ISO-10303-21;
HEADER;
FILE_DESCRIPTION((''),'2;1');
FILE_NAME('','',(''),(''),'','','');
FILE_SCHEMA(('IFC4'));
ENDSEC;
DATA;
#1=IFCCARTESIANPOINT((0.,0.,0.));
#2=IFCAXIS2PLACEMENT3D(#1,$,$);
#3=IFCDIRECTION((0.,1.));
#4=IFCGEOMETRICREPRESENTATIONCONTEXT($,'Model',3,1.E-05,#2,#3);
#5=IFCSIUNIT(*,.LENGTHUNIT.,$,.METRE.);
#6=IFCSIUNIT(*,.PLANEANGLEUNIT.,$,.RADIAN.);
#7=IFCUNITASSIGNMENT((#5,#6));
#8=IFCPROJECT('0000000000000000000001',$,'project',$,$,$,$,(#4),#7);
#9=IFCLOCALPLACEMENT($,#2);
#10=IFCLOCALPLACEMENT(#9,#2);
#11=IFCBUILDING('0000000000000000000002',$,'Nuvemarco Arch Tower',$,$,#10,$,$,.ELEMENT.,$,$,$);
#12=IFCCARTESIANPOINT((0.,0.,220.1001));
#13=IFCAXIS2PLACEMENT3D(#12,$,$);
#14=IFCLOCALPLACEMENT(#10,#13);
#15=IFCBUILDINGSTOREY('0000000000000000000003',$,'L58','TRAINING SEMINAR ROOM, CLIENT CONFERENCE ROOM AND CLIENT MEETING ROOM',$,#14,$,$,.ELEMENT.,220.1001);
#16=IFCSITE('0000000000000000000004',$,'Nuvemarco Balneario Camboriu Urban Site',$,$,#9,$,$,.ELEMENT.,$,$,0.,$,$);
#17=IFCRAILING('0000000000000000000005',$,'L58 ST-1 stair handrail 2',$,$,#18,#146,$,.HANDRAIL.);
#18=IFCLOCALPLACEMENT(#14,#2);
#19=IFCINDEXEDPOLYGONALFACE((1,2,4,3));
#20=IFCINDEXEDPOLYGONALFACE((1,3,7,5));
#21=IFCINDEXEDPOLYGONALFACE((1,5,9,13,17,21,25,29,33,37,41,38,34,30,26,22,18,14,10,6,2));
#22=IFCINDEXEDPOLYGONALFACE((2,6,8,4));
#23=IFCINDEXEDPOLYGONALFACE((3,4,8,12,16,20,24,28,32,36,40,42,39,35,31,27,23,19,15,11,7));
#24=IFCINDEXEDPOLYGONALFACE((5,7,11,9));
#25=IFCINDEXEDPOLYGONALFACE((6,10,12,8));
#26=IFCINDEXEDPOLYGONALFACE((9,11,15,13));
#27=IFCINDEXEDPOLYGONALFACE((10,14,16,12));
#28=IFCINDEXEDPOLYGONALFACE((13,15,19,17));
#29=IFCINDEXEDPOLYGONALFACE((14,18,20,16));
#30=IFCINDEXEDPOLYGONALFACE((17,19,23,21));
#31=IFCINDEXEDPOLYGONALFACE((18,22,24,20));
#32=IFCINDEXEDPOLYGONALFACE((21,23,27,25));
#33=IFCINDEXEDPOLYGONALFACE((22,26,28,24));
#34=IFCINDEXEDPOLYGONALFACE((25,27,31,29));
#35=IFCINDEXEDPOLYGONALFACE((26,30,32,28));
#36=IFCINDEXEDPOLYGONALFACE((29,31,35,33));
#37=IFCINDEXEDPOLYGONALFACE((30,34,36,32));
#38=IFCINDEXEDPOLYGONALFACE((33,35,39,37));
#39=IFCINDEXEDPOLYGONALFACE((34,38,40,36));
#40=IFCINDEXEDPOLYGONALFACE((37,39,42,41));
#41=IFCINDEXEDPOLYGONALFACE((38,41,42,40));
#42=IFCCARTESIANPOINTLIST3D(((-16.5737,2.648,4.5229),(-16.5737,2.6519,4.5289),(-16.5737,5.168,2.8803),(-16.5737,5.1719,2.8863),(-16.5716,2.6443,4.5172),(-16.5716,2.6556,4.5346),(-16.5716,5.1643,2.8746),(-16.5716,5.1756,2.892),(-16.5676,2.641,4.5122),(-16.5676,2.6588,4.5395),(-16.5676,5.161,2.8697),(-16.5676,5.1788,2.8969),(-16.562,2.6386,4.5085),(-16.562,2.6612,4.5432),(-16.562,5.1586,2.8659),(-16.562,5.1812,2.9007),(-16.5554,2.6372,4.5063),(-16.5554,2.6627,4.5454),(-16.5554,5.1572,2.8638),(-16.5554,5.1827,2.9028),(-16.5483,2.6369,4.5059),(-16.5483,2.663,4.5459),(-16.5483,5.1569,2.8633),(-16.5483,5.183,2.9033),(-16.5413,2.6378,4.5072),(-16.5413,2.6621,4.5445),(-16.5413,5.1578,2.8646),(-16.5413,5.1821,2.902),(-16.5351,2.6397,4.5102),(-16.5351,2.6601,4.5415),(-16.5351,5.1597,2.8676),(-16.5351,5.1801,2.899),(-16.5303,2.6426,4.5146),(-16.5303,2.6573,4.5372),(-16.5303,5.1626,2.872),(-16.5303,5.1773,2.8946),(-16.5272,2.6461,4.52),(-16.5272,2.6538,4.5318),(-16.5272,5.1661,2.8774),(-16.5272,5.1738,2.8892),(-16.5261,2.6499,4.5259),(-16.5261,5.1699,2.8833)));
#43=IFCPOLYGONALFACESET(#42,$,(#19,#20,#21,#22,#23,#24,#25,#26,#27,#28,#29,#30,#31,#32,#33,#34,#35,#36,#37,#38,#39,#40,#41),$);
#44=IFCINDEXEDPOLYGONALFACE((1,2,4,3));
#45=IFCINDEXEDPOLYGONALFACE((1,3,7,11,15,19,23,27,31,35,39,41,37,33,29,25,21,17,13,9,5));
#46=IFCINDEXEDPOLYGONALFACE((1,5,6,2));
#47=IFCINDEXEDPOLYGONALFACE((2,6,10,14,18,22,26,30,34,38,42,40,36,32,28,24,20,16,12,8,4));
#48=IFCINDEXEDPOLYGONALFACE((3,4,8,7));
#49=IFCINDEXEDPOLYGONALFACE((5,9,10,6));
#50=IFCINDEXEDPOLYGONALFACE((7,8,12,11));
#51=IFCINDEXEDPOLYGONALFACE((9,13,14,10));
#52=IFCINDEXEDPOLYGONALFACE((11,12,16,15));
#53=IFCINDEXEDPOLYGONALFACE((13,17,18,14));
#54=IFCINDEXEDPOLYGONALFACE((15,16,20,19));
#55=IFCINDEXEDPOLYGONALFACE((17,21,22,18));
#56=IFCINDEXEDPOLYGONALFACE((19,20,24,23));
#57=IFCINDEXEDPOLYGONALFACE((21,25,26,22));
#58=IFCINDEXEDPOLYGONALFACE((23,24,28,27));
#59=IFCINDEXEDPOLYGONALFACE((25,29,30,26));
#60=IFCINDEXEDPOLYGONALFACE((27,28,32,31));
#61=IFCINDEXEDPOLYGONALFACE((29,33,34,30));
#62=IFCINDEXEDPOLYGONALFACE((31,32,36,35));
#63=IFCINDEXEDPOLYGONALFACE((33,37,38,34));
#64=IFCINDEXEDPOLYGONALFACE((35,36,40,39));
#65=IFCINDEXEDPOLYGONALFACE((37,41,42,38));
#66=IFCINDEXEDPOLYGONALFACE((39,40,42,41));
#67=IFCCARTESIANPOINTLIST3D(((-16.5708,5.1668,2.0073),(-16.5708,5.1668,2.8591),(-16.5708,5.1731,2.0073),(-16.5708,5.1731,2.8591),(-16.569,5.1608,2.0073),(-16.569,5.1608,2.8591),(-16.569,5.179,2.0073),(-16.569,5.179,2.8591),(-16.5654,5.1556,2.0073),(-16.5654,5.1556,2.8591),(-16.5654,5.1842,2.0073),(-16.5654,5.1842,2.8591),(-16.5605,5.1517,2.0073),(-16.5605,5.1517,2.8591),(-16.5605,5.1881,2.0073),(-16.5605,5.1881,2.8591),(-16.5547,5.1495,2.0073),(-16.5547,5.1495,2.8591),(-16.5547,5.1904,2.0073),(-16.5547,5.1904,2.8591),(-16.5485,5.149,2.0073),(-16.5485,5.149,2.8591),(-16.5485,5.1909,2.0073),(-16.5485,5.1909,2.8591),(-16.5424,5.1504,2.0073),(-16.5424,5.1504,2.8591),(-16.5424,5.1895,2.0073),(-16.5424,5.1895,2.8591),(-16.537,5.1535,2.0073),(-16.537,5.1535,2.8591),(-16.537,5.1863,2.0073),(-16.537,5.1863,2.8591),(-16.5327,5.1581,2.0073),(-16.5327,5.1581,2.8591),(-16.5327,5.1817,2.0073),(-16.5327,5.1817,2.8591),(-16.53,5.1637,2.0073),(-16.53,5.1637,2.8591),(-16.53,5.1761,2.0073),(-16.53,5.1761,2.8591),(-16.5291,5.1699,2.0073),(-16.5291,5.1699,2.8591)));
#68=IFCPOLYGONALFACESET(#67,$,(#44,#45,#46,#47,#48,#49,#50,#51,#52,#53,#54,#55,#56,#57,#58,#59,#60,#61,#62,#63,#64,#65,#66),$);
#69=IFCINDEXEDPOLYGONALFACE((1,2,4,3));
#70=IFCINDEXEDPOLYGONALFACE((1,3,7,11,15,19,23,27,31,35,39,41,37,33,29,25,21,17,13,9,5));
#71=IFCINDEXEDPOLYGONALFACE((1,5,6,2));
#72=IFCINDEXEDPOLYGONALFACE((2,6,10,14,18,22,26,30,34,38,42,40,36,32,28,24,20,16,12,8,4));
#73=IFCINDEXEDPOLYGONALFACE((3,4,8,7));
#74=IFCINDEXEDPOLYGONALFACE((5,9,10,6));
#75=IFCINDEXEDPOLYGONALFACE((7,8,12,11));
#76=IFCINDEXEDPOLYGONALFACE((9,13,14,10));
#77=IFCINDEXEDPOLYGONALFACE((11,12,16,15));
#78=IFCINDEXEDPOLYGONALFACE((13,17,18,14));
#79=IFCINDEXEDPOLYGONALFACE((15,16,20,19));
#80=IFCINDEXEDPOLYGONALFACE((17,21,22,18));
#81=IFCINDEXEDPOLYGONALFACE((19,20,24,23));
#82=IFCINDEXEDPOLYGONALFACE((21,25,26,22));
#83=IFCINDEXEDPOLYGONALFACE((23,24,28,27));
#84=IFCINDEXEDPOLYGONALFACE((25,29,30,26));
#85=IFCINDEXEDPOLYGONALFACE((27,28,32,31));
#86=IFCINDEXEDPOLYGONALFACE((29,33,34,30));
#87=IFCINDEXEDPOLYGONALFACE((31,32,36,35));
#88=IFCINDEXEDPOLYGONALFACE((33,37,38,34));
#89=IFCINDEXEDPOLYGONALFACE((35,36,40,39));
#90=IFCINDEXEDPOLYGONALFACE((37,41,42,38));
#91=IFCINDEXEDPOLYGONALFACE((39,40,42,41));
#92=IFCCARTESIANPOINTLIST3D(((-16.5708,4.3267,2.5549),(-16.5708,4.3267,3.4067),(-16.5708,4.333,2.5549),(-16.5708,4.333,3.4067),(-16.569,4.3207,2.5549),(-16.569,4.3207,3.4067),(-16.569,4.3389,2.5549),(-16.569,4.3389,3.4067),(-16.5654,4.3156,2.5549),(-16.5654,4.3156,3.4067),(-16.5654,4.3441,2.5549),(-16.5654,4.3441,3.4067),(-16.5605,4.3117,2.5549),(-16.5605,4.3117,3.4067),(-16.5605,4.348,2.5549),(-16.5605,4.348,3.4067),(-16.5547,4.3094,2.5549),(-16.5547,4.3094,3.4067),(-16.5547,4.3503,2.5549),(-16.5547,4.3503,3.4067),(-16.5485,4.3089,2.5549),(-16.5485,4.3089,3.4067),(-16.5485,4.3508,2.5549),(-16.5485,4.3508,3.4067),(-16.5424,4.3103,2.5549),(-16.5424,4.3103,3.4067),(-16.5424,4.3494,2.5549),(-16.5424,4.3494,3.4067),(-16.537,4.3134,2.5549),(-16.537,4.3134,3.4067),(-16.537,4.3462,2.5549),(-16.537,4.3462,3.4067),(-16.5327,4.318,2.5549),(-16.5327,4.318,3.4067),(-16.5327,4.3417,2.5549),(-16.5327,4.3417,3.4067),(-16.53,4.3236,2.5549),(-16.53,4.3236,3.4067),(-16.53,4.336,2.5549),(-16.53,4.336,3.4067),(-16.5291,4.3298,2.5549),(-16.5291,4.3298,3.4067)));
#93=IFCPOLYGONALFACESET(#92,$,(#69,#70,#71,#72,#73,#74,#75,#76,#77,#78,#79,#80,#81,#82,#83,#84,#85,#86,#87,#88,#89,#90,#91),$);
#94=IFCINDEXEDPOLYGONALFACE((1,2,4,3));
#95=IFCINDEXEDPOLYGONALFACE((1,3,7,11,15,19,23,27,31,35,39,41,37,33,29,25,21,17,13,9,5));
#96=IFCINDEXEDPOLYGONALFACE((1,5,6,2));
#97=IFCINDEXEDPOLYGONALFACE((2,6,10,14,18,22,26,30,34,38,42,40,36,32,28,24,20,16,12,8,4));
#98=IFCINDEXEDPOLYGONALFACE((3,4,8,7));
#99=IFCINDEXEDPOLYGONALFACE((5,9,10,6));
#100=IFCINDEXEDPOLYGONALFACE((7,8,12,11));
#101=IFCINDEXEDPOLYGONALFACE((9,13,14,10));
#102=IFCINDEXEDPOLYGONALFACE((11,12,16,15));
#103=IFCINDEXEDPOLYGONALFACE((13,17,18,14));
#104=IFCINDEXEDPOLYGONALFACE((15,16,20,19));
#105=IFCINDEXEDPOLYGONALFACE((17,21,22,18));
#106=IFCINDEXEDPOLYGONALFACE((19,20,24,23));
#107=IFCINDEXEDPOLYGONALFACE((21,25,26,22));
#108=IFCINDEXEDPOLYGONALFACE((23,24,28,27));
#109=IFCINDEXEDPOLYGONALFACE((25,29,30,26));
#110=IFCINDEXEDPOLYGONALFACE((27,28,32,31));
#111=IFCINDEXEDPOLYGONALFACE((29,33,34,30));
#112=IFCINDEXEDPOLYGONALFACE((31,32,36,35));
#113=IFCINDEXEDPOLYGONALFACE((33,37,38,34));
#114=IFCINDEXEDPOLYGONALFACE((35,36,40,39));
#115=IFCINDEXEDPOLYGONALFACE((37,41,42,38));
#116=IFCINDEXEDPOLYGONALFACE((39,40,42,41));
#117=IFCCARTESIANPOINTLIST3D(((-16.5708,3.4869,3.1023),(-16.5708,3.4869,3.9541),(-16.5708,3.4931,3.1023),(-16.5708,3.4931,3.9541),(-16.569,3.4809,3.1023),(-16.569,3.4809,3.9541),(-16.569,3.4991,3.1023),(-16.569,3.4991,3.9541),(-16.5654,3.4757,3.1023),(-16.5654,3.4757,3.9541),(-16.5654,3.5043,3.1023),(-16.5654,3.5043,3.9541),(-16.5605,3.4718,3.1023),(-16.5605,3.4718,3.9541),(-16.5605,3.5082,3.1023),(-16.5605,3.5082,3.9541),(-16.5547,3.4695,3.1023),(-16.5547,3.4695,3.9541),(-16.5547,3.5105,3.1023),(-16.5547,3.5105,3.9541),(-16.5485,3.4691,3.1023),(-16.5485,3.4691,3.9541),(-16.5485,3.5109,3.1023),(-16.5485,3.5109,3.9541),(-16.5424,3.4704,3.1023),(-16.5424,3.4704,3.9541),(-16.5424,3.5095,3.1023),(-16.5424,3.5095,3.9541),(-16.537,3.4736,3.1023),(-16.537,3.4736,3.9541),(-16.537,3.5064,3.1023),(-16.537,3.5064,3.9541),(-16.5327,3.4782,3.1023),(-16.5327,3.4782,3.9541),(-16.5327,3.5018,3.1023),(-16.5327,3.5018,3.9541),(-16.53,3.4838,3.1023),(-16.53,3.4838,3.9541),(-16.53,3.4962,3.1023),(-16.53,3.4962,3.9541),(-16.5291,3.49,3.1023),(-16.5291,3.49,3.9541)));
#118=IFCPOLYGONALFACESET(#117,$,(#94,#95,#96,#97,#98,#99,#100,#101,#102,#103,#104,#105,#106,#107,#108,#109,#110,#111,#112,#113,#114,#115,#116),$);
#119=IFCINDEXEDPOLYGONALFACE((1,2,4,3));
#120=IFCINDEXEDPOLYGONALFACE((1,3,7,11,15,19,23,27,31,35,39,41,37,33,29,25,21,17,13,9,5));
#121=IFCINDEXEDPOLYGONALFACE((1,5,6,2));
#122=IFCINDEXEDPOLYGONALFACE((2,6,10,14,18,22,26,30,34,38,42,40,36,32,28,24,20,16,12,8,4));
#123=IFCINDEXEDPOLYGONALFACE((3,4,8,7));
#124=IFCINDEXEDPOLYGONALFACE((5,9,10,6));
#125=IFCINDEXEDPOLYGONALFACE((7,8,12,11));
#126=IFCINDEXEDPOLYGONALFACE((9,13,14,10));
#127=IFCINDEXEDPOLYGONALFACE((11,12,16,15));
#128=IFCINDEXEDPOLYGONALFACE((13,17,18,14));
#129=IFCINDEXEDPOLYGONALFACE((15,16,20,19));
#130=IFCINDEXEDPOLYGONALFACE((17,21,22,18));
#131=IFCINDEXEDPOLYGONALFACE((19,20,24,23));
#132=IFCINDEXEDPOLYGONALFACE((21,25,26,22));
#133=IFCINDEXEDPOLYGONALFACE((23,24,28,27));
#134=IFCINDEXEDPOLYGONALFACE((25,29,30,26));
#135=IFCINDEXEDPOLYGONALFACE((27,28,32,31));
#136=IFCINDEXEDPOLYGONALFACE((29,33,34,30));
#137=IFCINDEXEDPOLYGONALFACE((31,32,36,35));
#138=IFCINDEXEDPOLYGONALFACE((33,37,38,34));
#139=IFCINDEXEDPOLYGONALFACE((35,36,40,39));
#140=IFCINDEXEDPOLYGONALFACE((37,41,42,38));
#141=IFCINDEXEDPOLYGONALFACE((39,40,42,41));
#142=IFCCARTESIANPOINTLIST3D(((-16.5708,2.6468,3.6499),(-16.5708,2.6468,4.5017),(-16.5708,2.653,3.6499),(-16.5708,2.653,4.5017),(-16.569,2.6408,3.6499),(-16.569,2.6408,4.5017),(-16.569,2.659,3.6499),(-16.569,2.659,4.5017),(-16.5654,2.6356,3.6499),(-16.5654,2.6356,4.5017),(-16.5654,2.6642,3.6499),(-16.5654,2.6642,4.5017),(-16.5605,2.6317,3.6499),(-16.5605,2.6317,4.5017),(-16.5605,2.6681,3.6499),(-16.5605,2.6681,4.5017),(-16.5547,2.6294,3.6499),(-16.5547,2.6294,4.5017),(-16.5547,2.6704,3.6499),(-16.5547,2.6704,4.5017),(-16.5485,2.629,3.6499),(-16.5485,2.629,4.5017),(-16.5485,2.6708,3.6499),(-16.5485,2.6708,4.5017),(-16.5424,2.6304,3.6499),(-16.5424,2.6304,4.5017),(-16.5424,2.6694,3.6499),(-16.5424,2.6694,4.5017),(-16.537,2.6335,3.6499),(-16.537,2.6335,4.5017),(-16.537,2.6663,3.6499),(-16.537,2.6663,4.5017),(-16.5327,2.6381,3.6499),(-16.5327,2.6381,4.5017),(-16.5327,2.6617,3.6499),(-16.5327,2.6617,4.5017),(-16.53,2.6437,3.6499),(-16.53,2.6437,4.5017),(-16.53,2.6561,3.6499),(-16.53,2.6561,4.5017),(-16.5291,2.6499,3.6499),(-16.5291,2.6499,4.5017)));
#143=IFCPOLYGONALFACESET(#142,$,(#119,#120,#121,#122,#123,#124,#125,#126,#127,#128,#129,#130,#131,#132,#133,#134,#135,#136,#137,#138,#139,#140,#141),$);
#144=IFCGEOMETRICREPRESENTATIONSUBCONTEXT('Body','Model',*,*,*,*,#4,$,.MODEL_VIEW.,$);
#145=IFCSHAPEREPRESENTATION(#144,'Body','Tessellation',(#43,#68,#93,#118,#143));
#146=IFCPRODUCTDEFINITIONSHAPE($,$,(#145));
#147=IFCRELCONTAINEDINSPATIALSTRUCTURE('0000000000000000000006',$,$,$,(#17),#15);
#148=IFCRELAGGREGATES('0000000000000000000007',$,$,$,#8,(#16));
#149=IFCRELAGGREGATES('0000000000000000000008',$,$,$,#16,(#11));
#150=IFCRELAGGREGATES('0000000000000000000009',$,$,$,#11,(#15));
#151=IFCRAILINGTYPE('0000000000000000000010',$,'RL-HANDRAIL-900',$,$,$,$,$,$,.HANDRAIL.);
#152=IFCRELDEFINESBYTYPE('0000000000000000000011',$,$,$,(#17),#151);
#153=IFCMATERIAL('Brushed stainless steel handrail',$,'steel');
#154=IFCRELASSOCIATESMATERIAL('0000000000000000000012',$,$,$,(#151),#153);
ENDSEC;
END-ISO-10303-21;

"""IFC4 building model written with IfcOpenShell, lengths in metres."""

from ifc_helpers import new_model, si_unit, direction, frame, origin, origin_2d, place, context, subcontext, project, spatial, circle, extrude, material, type_object, element, save


model = new_model("IFC4")

# Units and contexts
model_context = context("Model", 3, precision=1e-05, world=origin(), true_north=direction((0.0, 1.0)))
body_context = subcontext(model_context, "Body", "Model", "MODEL_VIEW")
ifc_project = project(units=[si_unit("LENGTHUNIT", "METRE"), si_unit("PLANEANGLEUNIT", "RADIAN")], contexts=[model_context])

# Site, building, storey
site_placement = place(None, origin())
site = spatial("IfcSite", under=ifc_project, at=site_placement, Name="Nuvemarco Balneario Camboriu Urban Site", CompositionType="ELEMENT", RefElevation=0.0)
building_placement = place(site_placement, origin())
building = spatial("IfcBuilding", under=site, at=building_placement, Name="Nuvemarco Arch Tower", CompositionType="ELEMENT")
storey_placement = place(building_placement, frame((0.0, 0.0, 220.1001)))
storey = spatial("IfcBuildingStorey", under=building, at=storey_placement, Name="L58", Description="TRAINING SEMINAR ROOM, CLIENT CONFERENCE ROOM AND CLIENT MEETING ROOM", CompositionType="ELEMENT", Elevation=220.1001)

# Railing
ifc_material_1 = material(Name="Brushed stainless steel handrail", Category="steel")
railing_type_1 = type_object("IfcRailingType", Name="RL-HANDRAIL-900", PredefinedType="HANDRAIL", material=ifc_material_1)
railing_1_placement = place(storey_placement, frame((-16.55, 5.1699, 2.0073)))
element("IfcRailing", 1, at=railing_1_placement, inside=storey, type_object=railing_type_1, Name="L58 ST-1 stair handrail 2", PredefinedType="HANDRAIL", context=body_context, shape_type="SweptSolid", body=[
    extrude(circle(Radius=0.0239, at=origin_2d()), frame((0.0, 0.0, 0.876), z_axis=(0.0, -0.837749, 0.546055), x_axis=(1.0, 0.0, 0.0)), (0.0, 0.0, 1.0), 3.0081),
    extrude(circle(Radius=0.021, at=origin_2d()), origin(), (0.0, 0.0, 1.0), 0.8518),
    extrude(circle(Radius=0.021, at=origin_2d()), frame((0.0, -0.8401, 0.5476)), (0.0, 0.0, 1.0), 0.8518),
    extrude(circle(Radius=0.021, at=origin_2d()), frame((0.0, -1.6799, 1.095)), (0.0, 0.0, 1.0), 0.8518),
    extrude(circle(Radius=0.021, at=origin_2d()), frame((0.0, -2.52, 1.6426)), (0.0, 0.0, 1.0), 0.8518),
])

save(model, "model.ifc")
